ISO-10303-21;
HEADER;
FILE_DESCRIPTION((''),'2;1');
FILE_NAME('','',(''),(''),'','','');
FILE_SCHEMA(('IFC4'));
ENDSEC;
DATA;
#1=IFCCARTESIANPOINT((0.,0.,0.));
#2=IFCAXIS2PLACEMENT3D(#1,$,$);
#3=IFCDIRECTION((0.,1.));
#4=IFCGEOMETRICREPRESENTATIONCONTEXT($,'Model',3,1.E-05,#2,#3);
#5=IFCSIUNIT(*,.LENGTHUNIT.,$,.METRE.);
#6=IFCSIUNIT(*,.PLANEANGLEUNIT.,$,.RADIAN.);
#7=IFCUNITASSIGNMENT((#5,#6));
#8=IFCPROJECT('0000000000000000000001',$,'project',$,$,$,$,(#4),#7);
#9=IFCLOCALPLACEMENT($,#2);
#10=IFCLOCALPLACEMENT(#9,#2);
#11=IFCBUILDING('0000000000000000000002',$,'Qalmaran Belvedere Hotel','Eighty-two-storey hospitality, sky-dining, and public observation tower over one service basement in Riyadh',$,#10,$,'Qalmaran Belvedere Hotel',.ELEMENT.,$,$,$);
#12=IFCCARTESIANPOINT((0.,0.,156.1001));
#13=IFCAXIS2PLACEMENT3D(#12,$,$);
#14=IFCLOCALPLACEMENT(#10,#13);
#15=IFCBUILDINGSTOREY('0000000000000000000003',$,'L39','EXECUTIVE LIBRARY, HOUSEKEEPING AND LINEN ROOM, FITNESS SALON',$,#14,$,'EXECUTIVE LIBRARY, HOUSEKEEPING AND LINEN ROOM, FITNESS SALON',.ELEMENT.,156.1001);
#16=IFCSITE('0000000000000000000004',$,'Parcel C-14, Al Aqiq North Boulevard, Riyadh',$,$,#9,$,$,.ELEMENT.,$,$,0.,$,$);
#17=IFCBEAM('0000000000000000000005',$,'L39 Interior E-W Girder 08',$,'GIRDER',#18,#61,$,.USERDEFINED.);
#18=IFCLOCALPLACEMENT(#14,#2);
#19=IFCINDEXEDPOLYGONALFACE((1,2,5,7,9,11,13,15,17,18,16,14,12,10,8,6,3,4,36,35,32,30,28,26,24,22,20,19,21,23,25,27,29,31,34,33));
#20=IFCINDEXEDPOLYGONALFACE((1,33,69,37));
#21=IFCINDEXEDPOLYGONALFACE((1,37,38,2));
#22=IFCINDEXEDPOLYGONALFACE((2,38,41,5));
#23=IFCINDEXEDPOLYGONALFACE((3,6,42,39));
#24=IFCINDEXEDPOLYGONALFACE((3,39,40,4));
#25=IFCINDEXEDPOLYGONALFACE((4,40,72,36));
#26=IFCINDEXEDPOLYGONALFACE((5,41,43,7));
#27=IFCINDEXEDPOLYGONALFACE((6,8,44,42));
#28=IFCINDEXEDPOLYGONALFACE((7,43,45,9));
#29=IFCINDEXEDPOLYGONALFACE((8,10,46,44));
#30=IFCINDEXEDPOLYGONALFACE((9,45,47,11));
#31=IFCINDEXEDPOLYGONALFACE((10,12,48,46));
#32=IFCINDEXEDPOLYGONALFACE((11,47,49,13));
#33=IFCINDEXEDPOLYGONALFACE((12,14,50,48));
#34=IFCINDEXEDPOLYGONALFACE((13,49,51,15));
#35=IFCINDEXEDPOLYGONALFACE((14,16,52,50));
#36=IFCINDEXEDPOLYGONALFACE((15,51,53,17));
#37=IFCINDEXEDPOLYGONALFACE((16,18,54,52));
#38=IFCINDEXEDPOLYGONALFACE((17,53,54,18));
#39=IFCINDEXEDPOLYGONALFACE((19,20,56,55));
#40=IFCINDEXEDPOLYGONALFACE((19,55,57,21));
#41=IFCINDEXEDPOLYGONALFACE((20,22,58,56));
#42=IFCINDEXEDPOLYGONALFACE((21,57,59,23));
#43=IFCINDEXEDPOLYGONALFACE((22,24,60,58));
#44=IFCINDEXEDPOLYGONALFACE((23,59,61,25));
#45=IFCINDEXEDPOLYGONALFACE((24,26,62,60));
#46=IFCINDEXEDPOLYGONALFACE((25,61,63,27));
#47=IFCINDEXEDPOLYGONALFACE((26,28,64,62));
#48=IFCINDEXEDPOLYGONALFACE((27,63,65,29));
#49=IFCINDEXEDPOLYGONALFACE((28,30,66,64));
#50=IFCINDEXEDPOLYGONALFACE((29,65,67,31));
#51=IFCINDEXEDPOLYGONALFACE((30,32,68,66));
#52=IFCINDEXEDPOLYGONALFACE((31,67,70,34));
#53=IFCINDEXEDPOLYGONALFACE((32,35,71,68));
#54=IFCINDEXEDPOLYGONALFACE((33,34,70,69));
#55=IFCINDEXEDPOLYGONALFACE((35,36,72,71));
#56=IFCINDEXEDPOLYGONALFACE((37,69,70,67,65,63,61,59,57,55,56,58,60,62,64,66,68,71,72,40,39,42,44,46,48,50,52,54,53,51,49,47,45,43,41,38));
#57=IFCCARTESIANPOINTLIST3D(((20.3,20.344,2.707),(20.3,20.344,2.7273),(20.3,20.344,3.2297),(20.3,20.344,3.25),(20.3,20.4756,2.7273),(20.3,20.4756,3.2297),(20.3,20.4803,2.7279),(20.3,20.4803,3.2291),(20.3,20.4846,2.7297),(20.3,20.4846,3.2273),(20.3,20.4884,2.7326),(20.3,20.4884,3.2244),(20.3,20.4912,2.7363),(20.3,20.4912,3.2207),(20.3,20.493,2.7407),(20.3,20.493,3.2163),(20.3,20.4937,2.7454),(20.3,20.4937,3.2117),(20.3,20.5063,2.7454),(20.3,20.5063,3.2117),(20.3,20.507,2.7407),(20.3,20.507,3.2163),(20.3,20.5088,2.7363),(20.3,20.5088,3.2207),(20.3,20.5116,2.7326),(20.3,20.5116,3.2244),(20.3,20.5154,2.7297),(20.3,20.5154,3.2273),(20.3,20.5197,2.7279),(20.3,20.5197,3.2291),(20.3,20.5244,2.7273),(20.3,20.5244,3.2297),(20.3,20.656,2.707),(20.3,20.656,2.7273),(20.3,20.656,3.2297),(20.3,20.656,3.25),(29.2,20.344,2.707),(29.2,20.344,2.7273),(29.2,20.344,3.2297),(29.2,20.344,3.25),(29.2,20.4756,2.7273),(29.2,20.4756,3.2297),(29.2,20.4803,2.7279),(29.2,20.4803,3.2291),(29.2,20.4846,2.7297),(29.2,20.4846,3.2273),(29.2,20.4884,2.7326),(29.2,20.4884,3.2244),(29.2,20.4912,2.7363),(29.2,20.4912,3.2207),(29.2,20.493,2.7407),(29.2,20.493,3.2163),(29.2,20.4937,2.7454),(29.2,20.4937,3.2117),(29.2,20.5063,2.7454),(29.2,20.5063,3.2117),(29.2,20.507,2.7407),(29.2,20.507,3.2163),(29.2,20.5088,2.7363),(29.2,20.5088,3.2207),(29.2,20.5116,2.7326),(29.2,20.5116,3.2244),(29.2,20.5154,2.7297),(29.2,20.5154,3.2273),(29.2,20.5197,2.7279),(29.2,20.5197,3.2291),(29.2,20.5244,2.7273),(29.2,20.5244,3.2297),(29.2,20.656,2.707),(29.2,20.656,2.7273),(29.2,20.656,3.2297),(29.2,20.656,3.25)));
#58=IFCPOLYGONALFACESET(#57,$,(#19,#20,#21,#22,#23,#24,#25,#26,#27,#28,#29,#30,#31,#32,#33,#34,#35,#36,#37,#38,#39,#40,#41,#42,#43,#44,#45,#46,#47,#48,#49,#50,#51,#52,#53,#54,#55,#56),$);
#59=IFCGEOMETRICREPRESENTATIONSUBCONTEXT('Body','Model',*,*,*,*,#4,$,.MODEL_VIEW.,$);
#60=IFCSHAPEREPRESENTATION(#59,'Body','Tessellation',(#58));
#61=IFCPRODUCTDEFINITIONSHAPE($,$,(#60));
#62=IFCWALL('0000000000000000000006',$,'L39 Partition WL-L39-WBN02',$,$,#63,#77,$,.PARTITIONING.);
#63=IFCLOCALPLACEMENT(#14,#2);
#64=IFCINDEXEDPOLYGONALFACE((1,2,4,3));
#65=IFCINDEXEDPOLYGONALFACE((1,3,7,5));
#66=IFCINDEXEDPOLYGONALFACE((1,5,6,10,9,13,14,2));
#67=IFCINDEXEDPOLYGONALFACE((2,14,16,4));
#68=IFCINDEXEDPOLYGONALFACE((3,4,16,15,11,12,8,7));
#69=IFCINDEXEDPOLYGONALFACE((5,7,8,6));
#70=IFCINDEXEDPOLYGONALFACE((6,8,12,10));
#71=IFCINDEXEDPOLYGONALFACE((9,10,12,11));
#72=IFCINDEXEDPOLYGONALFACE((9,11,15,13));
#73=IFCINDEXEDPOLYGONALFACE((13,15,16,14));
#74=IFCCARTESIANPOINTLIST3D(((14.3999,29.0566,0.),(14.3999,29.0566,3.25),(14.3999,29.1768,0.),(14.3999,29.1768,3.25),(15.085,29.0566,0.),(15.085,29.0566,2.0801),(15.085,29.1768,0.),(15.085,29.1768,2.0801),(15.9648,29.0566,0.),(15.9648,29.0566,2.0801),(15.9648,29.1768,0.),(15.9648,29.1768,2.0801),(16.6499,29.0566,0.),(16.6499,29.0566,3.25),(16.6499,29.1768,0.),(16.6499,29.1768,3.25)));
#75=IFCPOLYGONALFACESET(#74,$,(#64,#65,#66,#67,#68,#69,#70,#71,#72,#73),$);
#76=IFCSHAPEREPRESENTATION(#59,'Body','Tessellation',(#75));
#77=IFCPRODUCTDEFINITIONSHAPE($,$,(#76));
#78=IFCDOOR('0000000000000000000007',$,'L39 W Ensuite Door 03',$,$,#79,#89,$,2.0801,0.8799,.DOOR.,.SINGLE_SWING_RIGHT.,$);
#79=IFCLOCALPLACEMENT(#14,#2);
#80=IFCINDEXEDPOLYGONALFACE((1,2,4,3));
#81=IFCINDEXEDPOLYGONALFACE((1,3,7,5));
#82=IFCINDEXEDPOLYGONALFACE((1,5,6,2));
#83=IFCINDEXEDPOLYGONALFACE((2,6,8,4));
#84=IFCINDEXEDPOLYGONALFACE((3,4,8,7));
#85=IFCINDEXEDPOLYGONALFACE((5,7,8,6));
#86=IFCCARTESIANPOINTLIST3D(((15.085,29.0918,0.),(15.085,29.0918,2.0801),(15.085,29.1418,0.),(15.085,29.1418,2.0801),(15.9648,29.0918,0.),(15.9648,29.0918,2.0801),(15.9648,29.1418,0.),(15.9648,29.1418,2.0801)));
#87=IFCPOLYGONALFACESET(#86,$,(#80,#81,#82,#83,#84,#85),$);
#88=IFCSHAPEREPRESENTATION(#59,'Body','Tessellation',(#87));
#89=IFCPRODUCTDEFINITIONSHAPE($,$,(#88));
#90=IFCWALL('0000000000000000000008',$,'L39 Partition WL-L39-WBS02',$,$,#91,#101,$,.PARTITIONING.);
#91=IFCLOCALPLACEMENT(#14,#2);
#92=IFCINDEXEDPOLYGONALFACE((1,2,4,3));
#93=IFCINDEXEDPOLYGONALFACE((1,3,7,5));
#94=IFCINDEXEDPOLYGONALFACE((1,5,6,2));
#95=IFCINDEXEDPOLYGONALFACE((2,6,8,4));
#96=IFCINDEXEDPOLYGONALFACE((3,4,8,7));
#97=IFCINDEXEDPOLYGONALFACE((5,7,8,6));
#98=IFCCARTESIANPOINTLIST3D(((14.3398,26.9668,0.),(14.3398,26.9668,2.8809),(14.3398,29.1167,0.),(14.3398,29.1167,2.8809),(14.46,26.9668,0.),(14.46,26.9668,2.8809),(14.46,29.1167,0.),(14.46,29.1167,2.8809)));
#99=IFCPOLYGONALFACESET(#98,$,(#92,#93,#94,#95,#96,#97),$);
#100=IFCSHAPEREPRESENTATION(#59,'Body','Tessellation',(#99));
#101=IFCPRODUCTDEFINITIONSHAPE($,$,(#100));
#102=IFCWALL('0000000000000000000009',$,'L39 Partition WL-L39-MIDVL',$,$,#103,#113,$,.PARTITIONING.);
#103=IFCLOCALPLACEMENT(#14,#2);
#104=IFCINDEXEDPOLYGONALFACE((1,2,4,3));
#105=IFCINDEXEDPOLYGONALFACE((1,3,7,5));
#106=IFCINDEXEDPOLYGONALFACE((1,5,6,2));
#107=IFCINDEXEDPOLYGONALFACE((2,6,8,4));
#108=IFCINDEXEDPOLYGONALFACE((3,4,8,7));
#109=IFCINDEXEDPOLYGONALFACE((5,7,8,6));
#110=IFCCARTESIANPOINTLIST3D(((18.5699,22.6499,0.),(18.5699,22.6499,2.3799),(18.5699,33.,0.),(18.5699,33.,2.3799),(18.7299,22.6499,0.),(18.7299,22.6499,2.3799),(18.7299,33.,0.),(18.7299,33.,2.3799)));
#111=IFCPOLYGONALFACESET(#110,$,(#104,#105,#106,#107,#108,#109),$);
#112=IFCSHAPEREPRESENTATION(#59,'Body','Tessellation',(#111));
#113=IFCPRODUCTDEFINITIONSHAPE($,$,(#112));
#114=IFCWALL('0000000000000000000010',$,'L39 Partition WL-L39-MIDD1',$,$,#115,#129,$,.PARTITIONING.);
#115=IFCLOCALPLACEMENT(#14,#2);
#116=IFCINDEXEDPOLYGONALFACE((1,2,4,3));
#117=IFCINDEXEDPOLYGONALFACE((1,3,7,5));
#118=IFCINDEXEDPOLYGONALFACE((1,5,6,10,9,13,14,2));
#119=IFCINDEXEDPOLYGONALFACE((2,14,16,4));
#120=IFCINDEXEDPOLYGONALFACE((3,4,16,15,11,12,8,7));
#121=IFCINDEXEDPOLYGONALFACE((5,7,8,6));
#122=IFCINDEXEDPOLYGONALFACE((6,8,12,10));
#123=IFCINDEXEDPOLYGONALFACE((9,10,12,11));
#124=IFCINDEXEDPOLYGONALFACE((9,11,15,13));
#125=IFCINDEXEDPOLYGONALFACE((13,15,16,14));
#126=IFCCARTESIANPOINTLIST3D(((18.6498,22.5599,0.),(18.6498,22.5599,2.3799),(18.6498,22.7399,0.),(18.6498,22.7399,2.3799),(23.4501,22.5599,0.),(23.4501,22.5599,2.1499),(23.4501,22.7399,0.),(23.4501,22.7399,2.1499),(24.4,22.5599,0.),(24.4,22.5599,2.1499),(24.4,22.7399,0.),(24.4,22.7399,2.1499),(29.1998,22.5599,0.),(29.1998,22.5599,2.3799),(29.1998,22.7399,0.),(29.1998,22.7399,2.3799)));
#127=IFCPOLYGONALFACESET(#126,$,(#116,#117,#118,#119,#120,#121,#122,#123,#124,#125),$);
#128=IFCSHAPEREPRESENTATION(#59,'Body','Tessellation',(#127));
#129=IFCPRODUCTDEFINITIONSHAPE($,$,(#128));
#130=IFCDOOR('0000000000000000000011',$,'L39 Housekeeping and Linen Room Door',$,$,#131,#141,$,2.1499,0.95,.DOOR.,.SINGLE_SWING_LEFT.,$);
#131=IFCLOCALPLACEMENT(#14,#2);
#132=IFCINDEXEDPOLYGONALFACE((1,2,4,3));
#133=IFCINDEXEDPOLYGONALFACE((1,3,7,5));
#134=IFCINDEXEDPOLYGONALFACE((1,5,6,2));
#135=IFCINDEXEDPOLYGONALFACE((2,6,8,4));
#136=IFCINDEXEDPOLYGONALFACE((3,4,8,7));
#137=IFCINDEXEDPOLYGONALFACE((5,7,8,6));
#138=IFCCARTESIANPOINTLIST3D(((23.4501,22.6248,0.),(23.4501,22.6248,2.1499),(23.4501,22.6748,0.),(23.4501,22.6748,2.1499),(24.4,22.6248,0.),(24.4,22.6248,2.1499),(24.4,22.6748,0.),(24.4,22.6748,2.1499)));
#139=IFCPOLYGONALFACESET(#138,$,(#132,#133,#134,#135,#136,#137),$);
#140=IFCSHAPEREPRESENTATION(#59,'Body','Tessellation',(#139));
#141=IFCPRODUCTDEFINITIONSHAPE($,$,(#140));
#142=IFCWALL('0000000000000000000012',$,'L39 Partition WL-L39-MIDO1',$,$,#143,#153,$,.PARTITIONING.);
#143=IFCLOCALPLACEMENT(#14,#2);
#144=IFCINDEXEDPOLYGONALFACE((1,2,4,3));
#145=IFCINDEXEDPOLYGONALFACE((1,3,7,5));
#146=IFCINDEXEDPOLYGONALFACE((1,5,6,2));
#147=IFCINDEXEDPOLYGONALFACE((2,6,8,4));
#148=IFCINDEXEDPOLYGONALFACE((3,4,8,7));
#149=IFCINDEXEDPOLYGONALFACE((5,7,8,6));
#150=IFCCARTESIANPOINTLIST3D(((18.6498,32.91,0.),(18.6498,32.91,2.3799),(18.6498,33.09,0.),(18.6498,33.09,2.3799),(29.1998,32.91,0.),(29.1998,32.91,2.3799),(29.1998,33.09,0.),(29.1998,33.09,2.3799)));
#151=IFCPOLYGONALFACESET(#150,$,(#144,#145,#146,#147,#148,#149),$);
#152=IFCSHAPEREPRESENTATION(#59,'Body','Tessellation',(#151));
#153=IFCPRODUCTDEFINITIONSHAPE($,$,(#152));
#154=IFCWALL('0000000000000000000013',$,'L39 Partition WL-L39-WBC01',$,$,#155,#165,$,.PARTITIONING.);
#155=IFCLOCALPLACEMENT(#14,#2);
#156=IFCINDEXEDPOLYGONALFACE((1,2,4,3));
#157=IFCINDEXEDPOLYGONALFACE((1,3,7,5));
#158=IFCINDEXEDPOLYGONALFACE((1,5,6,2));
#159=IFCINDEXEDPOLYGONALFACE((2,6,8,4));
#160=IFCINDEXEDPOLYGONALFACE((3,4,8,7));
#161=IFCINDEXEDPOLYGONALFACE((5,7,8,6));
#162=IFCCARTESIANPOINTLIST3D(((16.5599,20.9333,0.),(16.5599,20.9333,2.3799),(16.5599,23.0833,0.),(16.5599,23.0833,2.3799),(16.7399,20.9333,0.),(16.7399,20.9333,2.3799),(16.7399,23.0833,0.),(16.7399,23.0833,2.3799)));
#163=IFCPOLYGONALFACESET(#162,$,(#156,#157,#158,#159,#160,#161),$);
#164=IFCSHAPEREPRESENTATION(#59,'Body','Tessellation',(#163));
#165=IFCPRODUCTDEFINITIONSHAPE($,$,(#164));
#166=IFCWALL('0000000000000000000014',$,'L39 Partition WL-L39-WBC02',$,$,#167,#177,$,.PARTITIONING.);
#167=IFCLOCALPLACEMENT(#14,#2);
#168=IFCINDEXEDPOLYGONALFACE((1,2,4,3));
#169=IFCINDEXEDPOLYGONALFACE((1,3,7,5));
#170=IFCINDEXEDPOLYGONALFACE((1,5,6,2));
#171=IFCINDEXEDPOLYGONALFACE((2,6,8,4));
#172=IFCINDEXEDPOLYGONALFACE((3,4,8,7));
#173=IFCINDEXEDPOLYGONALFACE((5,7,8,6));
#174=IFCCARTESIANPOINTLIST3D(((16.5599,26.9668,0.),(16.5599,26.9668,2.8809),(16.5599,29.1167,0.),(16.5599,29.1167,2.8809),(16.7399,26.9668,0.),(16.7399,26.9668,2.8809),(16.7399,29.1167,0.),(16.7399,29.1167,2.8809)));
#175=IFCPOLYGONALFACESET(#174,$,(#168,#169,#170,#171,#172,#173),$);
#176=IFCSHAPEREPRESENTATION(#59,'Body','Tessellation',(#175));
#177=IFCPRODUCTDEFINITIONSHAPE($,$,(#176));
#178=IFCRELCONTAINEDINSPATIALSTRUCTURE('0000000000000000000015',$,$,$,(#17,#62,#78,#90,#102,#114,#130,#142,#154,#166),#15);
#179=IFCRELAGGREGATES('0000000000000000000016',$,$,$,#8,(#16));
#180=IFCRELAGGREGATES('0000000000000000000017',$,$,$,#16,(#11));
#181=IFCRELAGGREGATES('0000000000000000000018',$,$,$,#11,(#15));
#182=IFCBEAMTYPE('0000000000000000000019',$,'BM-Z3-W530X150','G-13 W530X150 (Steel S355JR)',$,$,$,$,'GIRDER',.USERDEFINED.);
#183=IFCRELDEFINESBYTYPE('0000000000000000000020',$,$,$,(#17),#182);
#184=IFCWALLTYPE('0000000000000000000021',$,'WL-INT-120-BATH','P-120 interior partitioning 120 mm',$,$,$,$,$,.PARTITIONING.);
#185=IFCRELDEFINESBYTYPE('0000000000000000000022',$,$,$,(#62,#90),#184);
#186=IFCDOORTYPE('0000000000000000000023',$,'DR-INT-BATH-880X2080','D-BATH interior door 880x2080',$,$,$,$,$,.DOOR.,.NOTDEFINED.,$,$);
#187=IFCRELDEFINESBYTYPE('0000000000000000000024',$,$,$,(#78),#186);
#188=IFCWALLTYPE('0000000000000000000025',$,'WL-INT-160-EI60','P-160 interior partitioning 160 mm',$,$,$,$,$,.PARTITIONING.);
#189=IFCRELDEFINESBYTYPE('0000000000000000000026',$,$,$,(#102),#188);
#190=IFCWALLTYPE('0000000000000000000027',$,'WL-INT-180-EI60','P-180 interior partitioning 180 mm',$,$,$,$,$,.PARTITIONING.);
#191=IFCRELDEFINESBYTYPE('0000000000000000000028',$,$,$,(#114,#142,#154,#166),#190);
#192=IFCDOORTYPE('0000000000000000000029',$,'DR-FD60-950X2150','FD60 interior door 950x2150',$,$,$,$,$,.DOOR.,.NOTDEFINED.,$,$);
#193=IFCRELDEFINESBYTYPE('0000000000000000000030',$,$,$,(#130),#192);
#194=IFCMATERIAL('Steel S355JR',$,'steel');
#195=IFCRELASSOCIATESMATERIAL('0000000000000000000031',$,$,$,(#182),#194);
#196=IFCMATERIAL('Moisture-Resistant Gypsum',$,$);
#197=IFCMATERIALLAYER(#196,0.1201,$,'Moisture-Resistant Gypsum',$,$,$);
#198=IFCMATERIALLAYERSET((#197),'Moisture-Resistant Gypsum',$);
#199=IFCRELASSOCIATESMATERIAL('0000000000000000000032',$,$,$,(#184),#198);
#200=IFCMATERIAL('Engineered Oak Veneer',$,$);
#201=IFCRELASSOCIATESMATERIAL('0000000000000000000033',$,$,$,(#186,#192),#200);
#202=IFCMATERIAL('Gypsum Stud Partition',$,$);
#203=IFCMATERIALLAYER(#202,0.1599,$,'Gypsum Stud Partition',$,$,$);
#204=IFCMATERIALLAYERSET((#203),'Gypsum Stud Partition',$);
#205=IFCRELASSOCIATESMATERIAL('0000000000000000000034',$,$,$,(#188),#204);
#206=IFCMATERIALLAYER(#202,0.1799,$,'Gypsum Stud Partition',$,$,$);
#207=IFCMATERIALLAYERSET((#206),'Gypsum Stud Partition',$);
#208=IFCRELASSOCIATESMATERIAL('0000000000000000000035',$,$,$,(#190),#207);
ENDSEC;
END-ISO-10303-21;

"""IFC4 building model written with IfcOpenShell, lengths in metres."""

from ifc_helpers import new_model, si_unit, direction, frame, frame_2d, origin, origin_2d, place, context, subcontext, project, spatial, rectangle, i_section, extrude, material, layer, layer_set, material_profile, profile_set, type_object, element, fill, save


model = new_model("IFC4")

# Units and contexts
model_context = context("Model", 3, precision=1e-05, world=origin(), true_north=direction((0.0, 1.0)))
body_context = subcontext(model_context, "Body", "Model", "MODEL_VIEW")
ifc_project = project(units=[si_unit("LENGTHUNIT", "METRE"), si_unit("PLANEANGLEUNIT", "RADIAN")], contexts=[model_context])

# Site, building, storey
site_placement = place(None, origin())
site = spatial("IfcSite", under=ifc_project, at=site_placement, Name="Parcel C-14, Al Aqiq North Boulevard, Riyadh", CompositionType="ELEMENT", RefElevation=0.0)
building_placement = place(site_placement, origin())
building = spatial("IfcBuilding", under=site, at=building_placement, Name="Qalmaran Belvedere Hotel", Description="Eighty-two-storey hospitality, sky-dining, and public observation tower over one service basement in Riyadh", LongName="Qalmaran Belvedere Hotel", CompositionType="ELEMENT")
storey_placement = place(building_placement, frame((0.0, 0.0, 156.1001)))
storey = spatial("IfcBuildingStorey", under=building, at=storey_placement, Name="L39", Description="EXECUTIVE LIBRARY, HOUSEKEEPING AND LINEN ROOM, FITNESS SALON", LongName="EXECUTIVE LIBRARY, HOUSEKEEPING AND LINEN ROOM, FITNESS SALON", CompositionType="ELEMENT", Elevation=156.1001)

# Beam
ifc_material_1 = material(Name="Steel S355JR", Category="steel")
ifc_material_profile_1 = material_profile(ifc_material_1, i_section(OverallWidth=0.312, OverallDepth=0.543, WebThickness=0.0127, FlangeThickness=0.0203, FilletRadius=0.0181, at=origin_2d()), Name="W530X150")
ifc_profile_set_1 = profile_set([ifc_material_profile_1], Name="Steel S355JR")
beam_type_1 = type_object("IfcBeamType", Name="BM-Z3-W530X150", Description="G-13 W530X150 (Steel S355JR)", ElementType="GIRDER", PredefinedType="USERDEFINED", material=ifc_profile_set_1)
beam_1_placement = place(storey_placement, frame((20.3, 20.5, 2.9785), z_axis=(1.0, 0.0, 0.0), x_axis=(0.0, 1.0, 0.0)))
element("IfcBeam", 1, at=beam_1_placement, inside=storey, type_object=beam_type_1, Name="L39 Interior E-W Girder 08", ObjectType="GIRDER", PredefinedType="USERDEFINED", context=body_context, shape_type="SweptSolid", body=[
    extrude(i_section(OverallWidth=0.312, OverallDepth=0.543, WebThickness=0.0127, FlangeThickness=0.0203, FilletRadius=0.0181, at=origin_2d()), origin(), (0.0, 0.0, 1.0), 8.8999),
])

# Wall, opening, door
ifc_material_2 = material(Name="Moisture-Resistant Gypsum")
ifc_layer_1 = layer(ifc_material_2, 0.1201, Name="Moisture-Resistant Gypsum")
ifc_layer_set_1 = layer_set([ifc_layer_1], Name="Moisture-Resistant Gypsum")
wall_type_1 = type_object("IfcWallType", Name="WL-INT-120-BATH", Description="P-120 interior partitioning 120 mm", PredefinedType="PARTITIONING", material=ifc_layer_set_1)
wall_1_placement = place(storey_placement, frame((14.3999, 29.1167, 0.0), z_axis=(0.0, 0.0, 1.0), x_axis=(1.0, 0.0, 0.0)))
wall_1 = element("IfcWall", 2, at=wall_1_placement, inside=storey, type_object=wall_type_1, Name="L39 Partition WL-L39-WBN02", PredefinedType="PARTITIONING", context=body_context, shape_type="SweptSolid", body=[
    extrude(rectangle(XDim=2.25, YDim=0.1201, at=frame_2d((1.125, 0.0))), origin(), (0.0, 0.0, 1.0), 3.25),
])
opening_1_placement = place(wall_1_placement, frame((1.5649, 0.0, 0.0), z_axis=(0.0, 0.0, 1.0), x_axis=(-1.0, 0.0, 0.0)))
opening_1 = element("IfcOpeningElement", 3, at=opening_1_placement, cuts=wall_1, PredefinedType="OPENING", context=body_context, shape_type="SweptSolid", body=[
    extrude(rectangle(XDim=0.8799, YDim=2.0801, at=frame_2d((0.4399, 1.04))), frame((0.0, 0.0701, 0.0), z_axis=(0.0, -1.0, 0.0), x_axis=(1.0, 0.0, 0.0)), (0.0, 0.0, 1.0), 0.1401),
])
ifc_material_3 = material(Name="Engineered Oak Veneer")
door_type_1 = type_object("IfcDoorType", Name="DR-INT-BATH-880X2080", Description="D-BATH interior door 880x2080", OperationType="NOTDEFINED", PredefinedType="DOOR", material=ifc_material_3)
door_1_placement = place(opening_1_placement, origin())
door_1 = element("IfcDoor", 4, at=door_1_placement, inside=storey, type_object=door_type_1, Name="L39 W Ensuite Door 03", OperationType="SINGLE_SWING_RIGHT", OverallHeight=2.0801, OverallWidth=0.8799, PredefinedType="DOOR", context=body_context, shape_type="SweptSolid", body=[
    extrude(rectangle(XDim=0.8799, YDim=2.0801, at=frame_2d((0.4399, 1.04))), frame((0.0, 0.0249, 0.0), z_axis=(0.0, -1.0, 0.0), x_axis=(1.0, 0.0, 0.0)), (0.0, 0.0, 1.0), 0.05),
])
fill(opening_1, door_1)

# Wall
wall_2_placement = place(storey_placement, frame((14.3999, 26.9668, 0.0), z_axis=(0.0, 0.0, 1.0), x_axis=(0.0, 1.0, 0.0)))
element("IfcWall", 5, at=wall_2_placement, inside=storey, type_object=wall_type_1, Name="L39 Partition WL-L39-WBS02", PredefinedType="PARTITIONING", context=body_context, shape_type="SweptSolid", body=[
    extrude(rectangle(XDim=2.1499, YDim=0.1201, at=frame_2d((1.075, 0.0))), origin(), (0.0, 0.0, 1.0), 2.8809),
])

# Shared definitions
ifc_material_4 = material(Name="Gypsum Stud Partition")

# Wall
ifc_layer_2 = layer(ifc_material_4, 0.1599, Name="Gypsum Stud Partition")
ifc_layer_set_2 = layer_set([ifc_layer_2], Name="Gypsum Stud Partition")
wall_type_2 = type_object("IfcWallType", Name="WL-INT-160-EI60", Description="P-160 interior partitioning 160 mm", PredefinedType="PARTITIONING", material=ifc_layer_set_2)
wall_3_placement = place(storey_placement, frame((18.6499, 22.6499, 0.0), z_axis=(0.0, 0.0, 1.0), x_axis=(0.0, 1.0, 0.0)))
element("IfcWall", 6, at=wall_3_placement, inside=storey, type_object=wall_type_2, Name="L39 Partition WL-L39-MIDVL", PredefinedType="PARTITIONING", context=body_context, shape_type="SweptSolid", body=[
    extrude(rectangle(XDim=10.3501, YDim=0.1599, at=frame_2d((5.175, 0.0))), origin(), (0.0, 0.0, 1.0), 2.3799),
])

# Wall, opening, door
ifc_layer_3 = layer(ifc_material_4, 0.1799, Name="Gypsum Stud Partition")
ifc_layer_set_3 = layer_set([ifc_layer_3], Name="Gypsum Stud Partition")
wall_type_3 = type_object("IfcWallType", Name="WL-INT-180-EI60", Description="P-180 interior partitioning 180 mm", PredefinedType="PARTITIONING", material=ifc_layer_set_3)
wall_4_placement = place(storey_placement, frame((18.6499, 22.6499, 0.0), z_axis=(0.0, 0.0, 1.0), x_axis=(1.0, 0.0, 0.0)))
wall_4 = element("IfcWall", 7, at=wall_4_placement, inside=storey, type_object=wall_type_3, Name="L39 Partition WL-L39-MIDD1", PredefinedType="PARTITIONING", context=body_context, shape_type="SweptSolid", body=[
    extrude(rectangle(XDim=10.55, YDim=0.1799, at=frame_2d((5.2749, 0.0))), origin(), (0.0, 0.0, 1.0), 2.3799),
])
opening_2_placement = place(wall_4_placement, frame((4.8, 0.0, 0.0)))
opening_2 = element("IfcOpeningElement", 8, at=opening_2_placement, cuts=wall_4, PredefinedType="OPENING", context=body_context, shape_type="SweptSolid", body=[
    extrude(rectangle(XDim=0.95, YDim=2.1499, at=frame_2d((0.4751, 1.075))), frame((0.0, 0.1001, 0.0), z_axis=(0.0, -1.0, 0.0), x_axis=(1.0, 0.0, 0.0)), (0.0, 0.0, 1.0), 0.2),
])
door_type_2 = type_object("IfcDoorType", Name="DR-FD60-950X2150", Description="FD60 interior door 950x2150", OperationType="NOTDEFINED", PredefinedType="DOOR", material=ifc_material_3)
door_2_placement = place(opening_2_placement, origin())
door_2 = element("IfcDoor", 9, at=door_2_placement, inside=storey, type_object=door_type_2, Name="L39 Housekeeping and Linen Room Door", OperationType="SINGLE_SWING_LEFT", OverallHeight=2.1499, OverallWidth=0.95, PredefinedType="DOOR", context=body_context, shape_type="SweptSolid", body=[
    extrude(rectangle(XDim=0.95, YDim=2.1499, at=frame_2d((0.4751, 1.075))), frame((0.0, 0.0249, 0.0), z_axis=(0.0, -1.0, 0.0), x_axis=(1.0, 0.0, 0.0)), (0.0, 0.0, 1.0), 0.05),
])
fill(opening_2, door_2)

# Walls
wall_5_placement = place(storey_placement, frame((18.6499, 33.0, 0.0), z_axis=(0.0, 0.0, 1.0), x_axis=(1.0, 0.0, 0.0)))
element("IfcWall", 10, at=wall_5_placement, inside=storey, type_object=wall_type_3, Name="L39 Partition WL-L39-MIDO1", PredefinedType="PARTITIONING", context=body_context, shape_type="SweptSolid", body=[
    extrude(rectangle(XDim=10.55, YDim=0.1799, at=frame_2d((5.2749, 0.0))), origin(), (0.0, 0.0, 1.0), 2.3799),
])
wall_6_placement = place(storey_placement, frame((16.6499, 20.9333, 0.0), z_axis=(0.0, 0.0, 1.0), x_axis=(0.0, 1.0, 0.0)))
element("IfcWall", 11, at=wall_6_placement, inside=storey, type_object=wall_type_3, Name="L39 Partition WL-L39-WBC01", PredefinedType="PARTITIONING", context=body_context, shape_type="SweptSolid", body=[
    extrude(rectangle(XDim=2.1499, YDim=0.1799, at=frame_2d((1.075, 0.0))), origin(), (0.0, 0.0, 1.0), 2.3799),
])

# Wall
wall_7_placement = place(storey_placement, frame((16.6499, 26.9668, 0.0), z_axis=(0.0, 0.0, 1.0), x_axis=(0.0, 1.0, 0.0)))
element("IfcWall", 12, at=wall_7_placement, inside=storey, type_object=wall_type_3, Name="L39 Partition WL-L39-WBC02", PredefinedType="PARTITIONING", context=body_context, shape_type="SweptSolid", body=[
    extrude(rectangle(XDim=2.1499, YDim=0.1799, at=frame_2d((1.075, 0.0))), origin(), (0.0, 0.0, 1.0), 2.8809),
])

save(model, "model.ifc")
